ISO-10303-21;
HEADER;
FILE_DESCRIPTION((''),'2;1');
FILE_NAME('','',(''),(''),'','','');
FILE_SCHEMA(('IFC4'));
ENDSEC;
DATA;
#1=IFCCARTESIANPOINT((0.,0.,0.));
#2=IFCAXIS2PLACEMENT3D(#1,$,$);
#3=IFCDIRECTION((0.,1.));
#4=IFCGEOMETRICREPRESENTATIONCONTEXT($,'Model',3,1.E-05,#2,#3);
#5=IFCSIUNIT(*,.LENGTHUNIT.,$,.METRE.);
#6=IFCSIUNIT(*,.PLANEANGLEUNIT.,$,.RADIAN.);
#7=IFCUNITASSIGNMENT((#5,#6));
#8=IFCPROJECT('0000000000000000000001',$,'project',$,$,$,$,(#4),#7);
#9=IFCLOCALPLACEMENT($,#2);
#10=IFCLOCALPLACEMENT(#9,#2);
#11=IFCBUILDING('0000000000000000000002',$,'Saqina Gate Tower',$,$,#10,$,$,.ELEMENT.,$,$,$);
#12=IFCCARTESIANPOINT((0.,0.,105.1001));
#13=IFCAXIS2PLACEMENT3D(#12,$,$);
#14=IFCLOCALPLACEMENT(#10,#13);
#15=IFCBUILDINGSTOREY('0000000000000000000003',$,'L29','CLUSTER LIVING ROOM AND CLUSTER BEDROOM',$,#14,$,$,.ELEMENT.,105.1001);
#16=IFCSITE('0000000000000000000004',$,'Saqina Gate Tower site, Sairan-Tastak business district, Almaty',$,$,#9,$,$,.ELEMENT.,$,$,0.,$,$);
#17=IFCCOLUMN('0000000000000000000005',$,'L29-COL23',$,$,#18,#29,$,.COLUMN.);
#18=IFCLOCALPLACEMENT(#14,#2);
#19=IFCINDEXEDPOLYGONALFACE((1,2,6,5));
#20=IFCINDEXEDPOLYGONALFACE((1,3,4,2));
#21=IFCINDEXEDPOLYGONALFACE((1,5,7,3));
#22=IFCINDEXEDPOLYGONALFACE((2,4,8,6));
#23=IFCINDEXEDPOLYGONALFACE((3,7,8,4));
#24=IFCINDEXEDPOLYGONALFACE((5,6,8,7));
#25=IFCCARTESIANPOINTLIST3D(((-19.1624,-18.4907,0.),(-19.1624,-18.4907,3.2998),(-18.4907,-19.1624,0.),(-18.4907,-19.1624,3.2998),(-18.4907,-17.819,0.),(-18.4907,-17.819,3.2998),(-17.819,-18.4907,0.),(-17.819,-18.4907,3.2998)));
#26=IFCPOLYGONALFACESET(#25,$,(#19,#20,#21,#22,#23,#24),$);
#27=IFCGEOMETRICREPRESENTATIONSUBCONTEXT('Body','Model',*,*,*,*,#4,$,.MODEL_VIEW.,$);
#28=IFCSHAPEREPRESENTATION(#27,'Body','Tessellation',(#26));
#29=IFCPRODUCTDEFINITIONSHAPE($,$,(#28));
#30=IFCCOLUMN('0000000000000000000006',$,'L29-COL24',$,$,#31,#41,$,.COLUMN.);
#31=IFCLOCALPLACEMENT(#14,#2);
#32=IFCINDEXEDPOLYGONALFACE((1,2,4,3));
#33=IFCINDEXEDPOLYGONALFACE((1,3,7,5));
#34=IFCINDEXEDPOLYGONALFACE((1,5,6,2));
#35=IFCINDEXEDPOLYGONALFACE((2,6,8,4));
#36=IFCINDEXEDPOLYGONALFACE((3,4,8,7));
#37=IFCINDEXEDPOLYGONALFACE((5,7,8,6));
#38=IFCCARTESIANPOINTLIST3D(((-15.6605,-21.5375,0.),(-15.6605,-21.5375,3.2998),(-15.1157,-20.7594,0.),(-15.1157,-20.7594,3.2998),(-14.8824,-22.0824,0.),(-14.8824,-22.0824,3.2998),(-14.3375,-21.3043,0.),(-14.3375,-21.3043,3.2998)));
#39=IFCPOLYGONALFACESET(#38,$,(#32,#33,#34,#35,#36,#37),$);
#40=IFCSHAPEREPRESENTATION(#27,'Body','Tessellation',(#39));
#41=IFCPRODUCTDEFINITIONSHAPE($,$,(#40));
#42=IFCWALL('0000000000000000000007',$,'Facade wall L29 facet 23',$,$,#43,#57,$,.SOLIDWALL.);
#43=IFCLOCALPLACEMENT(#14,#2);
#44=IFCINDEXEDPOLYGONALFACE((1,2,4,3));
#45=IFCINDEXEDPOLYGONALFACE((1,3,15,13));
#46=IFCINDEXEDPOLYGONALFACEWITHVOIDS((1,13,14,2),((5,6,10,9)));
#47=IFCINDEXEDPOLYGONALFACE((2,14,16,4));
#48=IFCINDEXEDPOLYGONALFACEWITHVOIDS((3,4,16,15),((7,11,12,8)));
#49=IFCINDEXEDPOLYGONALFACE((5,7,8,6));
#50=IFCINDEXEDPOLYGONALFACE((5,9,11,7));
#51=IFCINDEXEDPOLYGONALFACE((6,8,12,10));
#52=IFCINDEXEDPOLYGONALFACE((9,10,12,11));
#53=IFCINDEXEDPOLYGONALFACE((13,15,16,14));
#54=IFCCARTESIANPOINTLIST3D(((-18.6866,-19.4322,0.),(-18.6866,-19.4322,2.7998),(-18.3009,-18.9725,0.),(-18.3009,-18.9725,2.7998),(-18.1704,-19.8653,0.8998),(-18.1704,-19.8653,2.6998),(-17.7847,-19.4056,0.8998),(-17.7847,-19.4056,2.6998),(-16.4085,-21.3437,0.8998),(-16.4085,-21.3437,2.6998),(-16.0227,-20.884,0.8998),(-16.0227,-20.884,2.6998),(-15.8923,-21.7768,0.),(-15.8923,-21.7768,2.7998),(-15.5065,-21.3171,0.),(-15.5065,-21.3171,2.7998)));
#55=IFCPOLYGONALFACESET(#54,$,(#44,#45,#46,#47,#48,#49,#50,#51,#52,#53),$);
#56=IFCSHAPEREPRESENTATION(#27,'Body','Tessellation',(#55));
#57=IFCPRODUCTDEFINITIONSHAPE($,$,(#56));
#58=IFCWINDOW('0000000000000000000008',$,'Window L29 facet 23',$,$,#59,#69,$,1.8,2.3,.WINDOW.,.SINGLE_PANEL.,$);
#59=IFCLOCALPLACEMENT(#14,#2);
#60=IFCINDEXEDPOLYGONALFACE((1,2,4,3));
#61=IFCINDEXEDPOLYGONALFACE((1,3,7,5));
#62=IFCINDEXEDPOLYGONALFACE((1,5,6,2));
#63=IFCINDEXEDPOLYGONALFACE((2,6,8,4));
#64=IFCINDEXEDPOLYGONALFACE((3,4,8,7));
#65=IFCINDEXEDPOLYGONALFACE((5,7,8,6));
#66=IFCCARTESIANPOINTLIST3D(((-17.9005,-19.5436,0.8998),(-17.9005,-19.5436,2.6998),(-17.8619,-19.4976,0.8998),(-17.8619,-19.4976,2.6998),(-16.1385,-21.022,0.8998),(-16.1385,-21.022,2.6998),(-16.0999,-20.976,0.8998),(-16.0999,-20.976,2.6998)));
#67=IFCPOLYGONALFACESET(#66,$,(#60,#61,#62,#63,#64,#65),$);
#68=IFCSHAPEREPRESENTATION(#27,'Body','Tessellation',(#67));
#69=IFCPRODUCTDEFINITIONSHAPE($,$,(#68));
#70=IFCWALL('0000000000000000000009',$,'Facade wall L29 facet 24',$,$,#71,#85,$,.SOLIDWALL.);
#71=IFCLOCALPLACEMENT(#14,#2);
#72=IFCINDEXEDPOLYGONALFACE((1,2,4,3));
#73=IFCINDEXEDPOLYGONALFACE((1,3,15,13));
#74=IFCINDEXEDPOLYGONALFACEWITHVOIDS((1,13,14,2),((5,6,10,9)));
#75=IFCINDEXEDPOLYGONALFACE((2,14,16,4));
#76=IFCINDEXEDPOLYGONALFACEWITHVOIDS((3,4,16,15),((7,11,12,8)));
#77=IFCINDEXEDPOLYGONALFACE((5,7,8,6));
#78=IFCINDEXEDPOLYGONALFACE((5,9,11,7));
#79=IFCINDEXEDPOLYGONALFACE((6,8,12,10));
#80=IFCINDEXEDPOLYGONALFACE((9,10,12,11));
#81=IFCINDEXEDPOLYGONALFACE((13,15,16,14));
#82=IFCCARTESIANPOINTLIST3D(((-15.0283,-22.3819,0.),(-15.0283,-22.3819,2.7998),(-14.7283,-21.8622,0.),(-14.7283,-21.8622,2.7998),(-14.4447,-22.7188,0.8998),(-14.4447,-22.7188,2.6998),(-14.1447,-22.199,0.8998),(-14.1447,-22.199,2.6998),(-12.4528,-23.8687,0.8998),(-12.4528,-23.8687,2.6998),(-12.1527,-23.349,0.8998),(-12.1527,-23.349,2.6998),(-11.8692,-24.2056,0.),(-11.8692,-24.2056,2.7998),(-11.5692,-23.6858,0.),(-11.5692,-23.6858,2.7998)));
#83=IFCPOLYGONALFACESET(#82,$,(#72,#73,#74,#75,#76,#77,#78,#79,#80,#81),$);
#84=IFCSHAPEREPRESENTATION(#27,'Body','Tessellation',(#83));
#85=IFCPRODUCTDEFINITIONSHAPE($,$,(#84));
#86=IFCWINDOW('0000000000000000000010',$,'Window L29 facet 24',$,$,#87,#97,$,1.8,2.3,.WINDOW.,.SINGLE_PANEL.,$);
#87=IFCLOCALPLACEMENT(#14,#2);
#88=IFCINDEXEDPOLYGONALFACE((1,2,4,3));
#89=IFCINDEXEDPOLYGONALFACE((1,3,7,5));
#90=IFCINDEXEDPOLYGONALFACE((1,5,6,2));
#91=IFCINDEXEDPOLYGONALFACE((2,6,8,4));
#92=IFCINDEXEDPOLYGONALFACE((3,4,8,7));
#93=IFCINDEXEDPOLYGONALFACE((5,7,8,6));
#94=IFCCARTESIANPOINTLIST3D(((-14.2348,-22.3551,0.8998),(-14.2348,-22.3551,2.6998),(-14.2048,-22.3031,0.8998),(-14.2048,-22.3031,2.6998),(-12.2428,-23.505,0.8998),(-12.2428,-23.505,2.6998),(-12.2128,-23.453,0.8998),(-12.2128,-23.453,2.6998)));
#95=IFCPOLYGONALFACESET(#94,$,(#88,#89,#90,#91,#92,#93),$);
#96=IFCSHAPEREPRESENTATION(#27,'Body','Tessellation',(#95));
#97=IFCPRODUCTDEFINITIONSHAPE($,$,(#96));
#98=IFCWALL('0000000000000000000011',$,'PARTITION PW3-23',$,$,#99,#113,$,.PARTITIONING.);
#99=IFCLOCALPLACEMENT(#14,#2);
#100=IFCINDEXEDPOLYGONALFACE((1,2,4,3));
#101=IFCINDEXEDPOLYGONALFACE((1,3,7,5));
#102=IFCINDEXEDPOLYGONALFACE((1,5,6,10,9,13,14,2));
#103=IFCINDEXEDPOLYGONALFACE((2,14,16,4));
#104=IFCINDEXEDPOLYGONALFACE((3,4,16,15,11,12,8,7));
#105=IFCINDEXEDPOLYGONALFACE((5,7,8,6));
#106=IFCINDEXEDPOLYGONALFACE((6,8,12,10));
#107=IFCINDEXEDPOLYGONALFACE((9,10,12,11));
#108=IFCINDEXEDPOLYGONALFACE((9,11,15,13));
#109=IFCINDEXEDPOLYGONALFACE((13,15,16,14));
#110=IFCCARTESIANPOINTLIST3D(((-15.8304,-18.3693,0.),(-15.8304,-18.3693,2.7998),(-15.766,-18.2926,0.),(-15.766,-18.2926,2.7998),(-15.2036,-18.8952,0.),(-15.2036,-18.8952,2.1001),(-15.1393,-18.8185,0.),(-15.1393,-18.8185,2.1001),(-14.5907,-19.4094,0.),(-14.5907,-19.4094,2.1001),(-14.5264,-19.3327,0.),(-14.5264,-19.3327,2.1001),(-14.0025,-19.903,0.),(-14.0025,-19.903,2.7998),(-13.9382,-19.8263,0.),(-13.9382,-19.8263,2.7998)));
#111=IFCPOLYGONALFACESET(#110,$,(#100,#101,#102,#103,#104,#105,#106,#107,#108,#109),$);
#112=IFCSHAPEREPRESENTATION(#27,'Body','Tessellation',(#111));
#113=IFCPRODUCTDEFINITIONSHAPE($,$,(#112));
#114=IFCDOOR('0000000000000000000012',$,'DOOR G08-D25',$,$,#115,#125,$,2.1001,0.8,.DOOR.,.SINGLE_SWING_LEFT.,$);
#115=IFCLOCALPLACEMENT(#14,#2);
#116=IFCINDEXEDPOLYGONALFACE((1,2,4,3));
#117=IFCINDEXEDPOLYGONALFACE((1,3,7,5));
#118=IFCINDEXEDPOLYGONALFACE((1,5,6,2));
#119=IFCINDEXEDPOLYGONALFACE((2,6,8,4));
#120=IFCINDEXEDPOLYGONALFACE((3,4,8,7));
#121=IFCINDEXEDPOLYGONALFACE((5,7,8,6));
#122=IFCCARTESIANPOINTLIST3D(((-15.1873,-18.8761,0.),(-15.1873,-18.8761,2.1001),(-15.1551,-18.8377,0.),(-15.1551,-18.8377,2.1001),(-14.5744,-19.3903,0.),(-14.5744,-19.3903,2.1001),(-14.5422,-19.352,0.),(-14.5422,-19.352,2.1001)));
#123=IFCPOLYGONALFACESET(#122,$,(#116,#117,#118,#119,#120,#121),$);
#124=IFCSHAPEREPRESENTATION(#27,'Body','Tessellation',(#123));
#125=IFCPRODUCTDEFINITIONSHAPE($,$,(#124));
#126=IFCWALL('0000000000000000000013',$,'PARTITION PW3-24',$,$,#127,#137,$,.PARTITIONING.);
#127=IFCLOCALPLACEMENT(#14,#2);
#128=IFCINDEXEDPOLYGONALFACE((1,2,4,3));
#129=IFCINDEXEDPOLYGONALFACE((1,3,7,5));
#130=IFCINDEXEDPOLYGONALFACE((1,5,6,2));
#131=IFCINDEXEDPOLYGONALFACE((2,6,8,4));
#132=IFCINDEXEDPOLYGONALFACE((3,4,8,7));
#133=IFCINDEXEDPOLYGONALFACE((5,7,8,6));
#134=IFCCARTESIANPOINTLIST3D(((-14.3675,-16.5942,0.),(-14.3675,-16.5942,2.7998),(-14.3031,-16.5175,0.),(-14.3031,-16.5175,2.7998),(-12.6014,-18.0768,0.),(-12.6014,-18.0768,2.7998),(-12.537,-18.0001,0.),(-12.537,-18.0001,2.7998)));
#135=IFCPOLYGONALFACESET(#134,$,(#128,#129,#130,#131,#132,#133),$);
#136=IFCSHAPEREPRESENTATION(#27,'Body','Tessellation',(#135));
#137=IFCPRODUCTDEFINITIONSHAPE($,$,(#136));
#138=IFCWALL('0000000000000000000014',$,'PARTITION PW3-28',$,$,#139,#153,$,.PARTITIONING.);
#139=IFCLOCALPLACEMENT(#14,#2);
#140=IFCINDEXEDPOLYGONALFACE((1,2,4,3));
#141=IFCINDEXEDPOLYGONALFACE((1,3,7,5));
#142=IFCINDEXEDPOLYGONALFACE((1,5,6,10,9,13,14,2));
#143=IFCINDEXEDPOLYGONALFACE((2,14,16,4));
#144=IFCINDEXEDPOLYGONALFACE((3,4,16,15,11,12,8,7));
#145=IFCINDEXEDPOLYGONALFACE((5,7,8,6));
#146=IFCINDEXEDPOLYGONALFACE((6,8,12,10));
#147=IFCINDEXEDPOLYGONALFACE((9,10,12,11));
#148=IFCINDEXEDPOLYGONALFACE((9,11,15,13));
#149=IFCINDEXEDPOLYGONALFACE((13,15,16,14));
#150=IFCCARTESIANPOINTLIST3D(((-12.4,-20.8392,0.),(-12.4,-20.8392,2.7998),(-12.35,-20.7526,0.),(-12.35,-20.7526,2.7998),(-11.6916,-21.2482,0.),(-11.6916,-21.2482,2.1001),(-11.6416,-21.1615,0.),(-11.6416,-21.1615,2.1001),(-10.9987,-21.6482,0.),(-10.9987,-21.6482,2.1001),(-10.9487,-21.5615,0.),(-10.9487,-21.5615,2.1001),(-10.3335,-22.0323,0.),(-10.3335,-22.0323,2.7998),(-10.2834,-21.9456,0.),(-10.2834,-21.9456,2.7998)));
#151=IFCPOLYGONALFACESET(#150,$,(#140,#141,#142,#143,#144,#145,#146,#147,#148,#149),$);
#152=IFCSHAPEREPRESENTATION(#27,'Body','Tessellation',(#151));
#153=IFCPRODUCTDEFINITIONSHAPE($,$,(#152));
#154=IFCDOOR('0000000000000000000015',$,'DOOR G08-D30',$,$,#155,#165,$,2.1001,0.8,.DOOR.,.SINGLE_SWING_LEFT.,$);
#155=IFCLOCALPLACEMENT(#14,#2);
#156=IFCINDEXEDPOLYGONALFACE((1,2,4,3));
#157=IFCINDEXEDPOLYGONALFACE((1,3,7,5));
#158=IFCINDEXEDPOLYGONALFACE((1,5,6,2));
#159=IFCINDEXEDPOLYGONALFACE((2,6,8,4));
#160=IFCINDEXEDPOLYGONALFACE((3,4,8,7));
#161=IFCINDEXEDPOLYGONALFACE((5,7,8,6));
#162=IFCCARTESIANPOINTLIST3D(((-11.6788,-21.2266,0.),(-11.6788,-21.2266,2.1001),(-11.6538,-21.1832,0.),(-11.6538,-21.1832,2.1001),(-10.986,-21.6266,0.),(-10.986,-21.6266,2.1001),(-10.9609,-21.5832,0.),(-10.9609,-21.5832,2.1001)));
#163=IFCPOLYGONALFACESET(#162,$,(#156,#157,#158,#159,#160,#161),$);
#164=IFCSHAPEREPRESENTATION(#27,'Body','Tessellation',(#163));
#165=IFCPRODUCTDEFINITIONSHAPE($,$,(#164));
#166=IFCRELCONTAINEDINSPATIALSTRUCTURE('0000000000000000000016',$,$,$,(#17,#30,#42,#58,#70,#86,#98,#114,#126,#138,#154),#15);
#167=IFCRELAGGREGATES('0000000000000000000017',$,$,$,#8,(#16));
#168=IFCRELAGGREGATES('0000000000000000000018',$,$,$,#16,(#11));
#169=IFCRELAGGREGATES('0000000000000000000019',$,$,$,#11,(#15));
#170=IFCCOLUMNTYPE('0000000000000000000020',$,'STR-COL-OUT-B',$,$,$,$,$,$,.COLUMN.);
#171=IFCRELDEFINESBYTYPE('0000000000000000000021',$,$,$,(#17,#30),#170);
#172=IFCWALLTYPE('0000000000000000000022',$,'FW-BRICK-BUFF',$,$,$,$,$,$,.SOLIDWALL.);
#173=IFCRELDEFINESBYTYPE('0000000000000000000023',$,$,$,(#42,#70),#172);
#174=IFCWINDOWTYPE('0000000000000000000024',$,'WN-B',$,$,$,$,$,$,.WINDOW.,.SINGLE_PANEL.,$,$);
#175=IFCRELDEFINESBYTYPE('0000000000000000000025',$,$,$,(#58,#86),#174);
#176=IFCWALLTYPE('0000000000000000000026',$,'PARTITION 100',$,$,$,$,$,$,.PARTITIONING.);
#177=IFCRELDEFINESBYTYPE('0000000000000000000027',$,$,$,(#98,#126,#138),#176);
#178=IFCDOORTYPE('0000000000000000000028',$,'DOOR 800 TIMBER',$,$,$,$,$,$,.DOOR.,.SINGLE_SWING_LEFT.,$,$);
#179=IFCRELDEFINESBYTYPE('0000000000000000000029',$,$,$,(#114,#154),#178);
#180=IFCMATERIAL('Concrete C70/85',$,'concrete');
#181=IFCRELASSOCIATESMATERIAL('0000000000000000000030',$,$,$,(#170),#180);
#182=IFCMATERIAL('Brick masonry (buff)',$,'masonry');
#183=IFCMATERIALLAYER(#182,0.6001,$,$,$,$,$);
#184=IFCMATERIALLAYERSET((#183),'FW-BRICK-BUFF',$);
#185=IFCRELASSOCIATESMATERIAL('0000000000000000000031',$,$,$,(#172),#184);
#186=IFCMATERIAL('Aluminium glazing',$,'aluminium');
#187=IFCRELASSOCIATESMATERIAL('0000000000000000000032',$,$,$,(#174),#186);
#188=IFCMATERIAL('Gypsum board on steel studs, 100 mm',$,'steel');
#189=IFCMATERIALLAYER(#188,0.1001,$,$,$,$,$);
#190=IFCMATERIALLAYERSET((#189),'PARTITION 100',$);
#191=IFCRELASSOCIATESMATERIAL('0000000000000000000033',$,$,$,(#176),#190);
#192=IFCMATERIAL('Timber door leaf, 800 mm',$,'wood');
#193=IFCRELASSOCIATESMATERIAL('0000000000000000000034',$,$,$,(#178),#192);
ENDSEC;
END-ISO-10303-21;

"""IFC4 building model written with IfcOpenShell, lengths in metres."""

from ifc_helpers import new_model, si_unit, direction, frame, frame_2d, origin, origin_2d, place, context, subcontext, project, spatial, rectangle, extrude, material, layer, layer_set, material_profile, profile_set, type_object, element, fill, save


model = new_model("IFC4")

# Units and contexts
model_context = context("Model", 3, precision=1e-05, world=origin(), true_north=direction((0.0, 1.0)))
body_context = subcontext(model_context, "Body", "Model", "MODEL_VIEW")
ifc_project = project(units=[si_unit("LENGTHUNIT", "METRE"), si_unit("PLANEANGLEUNIT", "RADIAN")], contexts=[model_context])

# Site, building, storey
site_placement = place(None, origin())
site = spatial("IfcSite", under=ifc_project, at=site_placement, Name="Saqina Gate Tower site, Sairan-Tastak business district, Almaty", CompositionType="ELEMENT", RefElevation=0.0)
building_placement = place(site_placement, origin())
building = spatial("IfcBuilding", under=site, at=building_placement, Name="Saqina Gate Tower", CompositionType="ELEMENT")
storey_placement = place(building_placement, frame((0.0, 0.0, 105.1001)))
storey = spatial("IfcBuildingStorey", under=building, at=storey_placement, Name="L29", Description="CLUSTER LIVING ROOM AND CLUSTER BEDROOM", CompositionType="ELEMENT", Elevation=105.1001)

# Columns
ifc_material_1 = material(Name="Concrete C70/85", Category="concrete")
ifc_material_profile = material_profile(ifc_material_1, rectangle(XDim=0.95, YDim=0.95, at=origin_2d()), Name="RC 950x950")
ifc_profile_set = profile_set([ifc_material_profile], Name="Concrete C70/85")
column_type = type_object("IfcColumnType", Name="STR-COL-OUT-B", PredefinedType="COLUMN", material=ifc_profile_set)
for number, where, z_axis, x_axis, name in (
    (1, (-18.4907, -18.4907, 0.0), (0.0, 0.0, 1.0), (-0.707107, -0.707107, 0.0), "L29-COL23"),
    (2, (-14.999, -21.4209, 0.0), (0.0, 0.0, 1.0), (-0.573576, -0.819152, 0.0), "L29-COL24"),
):
    element("IfcColumn", number, at=place(storey_placement, frame(where, z_axis=z_axis, x_axis=x_axis)), inside=storey, type_object=column_type, Name=name, PredefinedType="COLUMN", context=body_context, shape_type="SweptSolid", body=[
        extrude(rectangle(XDim=0.95, YDim=0.95, at=origin_2d()), origin(), (0.0, 0.0, 1.0), 3.2998),
    ])

# Walls, openings, windows
ifc_material_2 = material(Name="Brick masonry (buff)", Category="masonry")
ifc_layer_1 = layer(ifc_material_2, 0.6001)
ifc_layer_set_1 = layer_set([ifc_layer_1], Name="FW-BRICK-BUFF")
wall_type_1 = type_object("IfcWallType", Name="FW-BRICK-BUFF", PredefinedType="SOLIDWALL", material=ifc_layer_set_1)
wall_1_placement = place(storey_placement, frame((-18.4937, -19.2024, 0.0), z_axis=(0.0, 0.0, 1.0), x_axis=(0.766055, -0.642774, 0.0)))
wall_1 = element("IfcWall", 3, at=wall_1_placement, inside=storey, type_object=wall_type_1, Name="Facade wall L29 facet 23", PredefinedType="SOLIDWALL", context=body_context, shape_type="SweptSolid", body=[
    extrude(rectangle(XDim=3.6477, YDim=0.6001, at=frame_2d((1.8237, 0.0))), origin(), (0.0, 0.0, 1.0), 2.7998),
])
opening_1_placement = place(wall_1_placement, frame((0.6738, 0.0, 0.8999)))
opening_1 = element("IfcOpeningElement", 4, at=opening_1_placement, cuts=wall_1, PredefinedType="OPENING", context=body_context, shape_type="SweptSolid", body=[
    extrude(rectangle(XDim=2.3, YDim=1.8, at=frame_2d((1.1499, 0.8999))), frame((0.0, 0.312, 0.0), z_axis=(0.0, -1.0, 0.0), x_axis=(1.0, 0.0, 0.0)), (0.0, 0.0, 1.0), 0.624),
])
ifc_material_3 = material(Name="Aluminium glazing", Category="aluminium")
window_type = type_object("IfcWindowType", Name="WN-B", PartitioningType="SINGLE_PANEL", PredefinedType="WINDOW", material=ifc_material_3)
window_1_placement = place(opening_1_placement, origin())
window_1 = element("IfcWindow", 5, at=window_1_placement, inside=storey, type_object=window_type, Name="Window L29 facet 23", OverallHeight=1.8, OverallWidth=2.3, PartitioningType="SINGLE_PANEL", PredefinedType="WINDOW", context=body_context, shape_type="SweptSolid", body=[
    extrude(rectangle(XDim=2.3, YDim=1.8, at=frame_2d((1.1499, 0.8999))), frame((0.0, 0.1799, 0.0), z_axis=(0.0, -1.0, 0.0), x_axis=(1.0, 0.0, 0.0)), (0.0, 0.0, 1.0), 0.0601),
])
fill(opening_1, window_1)
wall_2_placement = place(storey_placement, frame((-14.8782, -22.1221, 0.0), z_axis=(0.0, 0.0, 1.0), x_axis=(0.866052, -0.499954, 0.0)))
wall_2 = element("IfcWall", 6, at=wall_2_placement, inside=storey, type_object=wall_type_1, Name="Facade wall L29 facet 24", PredefinedType="SOLIDWALL", context=body_context, shape_type="SweptSolid", body=[
    extrude(rectangle(XDim=3.6477, YDim=0.6001, at=frame_2d((1.8237, 0.0))), origin(), (0.0, 0.0, 1.0), 2.7998),
])
opening_2_placement = place(wall_2_placement, frame((0.6738, 0.0, 0.8999)))
opening_2 = element("IfcOpeningElement", 7, at=opening_2_placement, cuts=wall_2, PredefinedType="OPENING", context=body_context, shape_type="SweptSolid", body=[
    extrude(rectangle(XDim=2.3, YDim=1.8, at=frame_2d((1.1499, 0.8999))), frame((0.0, 0.312, 0.0), z_axis=(0.0, -1.0, 0.0), x_axis=(1.0, 0.0, 0.0)), (0.0, 0.0, 1.0), 0.624),
])
window_2_placement = place(opening_2_placement, origin())
window_2 = element("IfcWindow", 8, at=window_2_placement, inside=storey, type_object=window_type, Name="Window L29 facet 24", OverallHeight=1.8, OverallWidth=2.3, PartitioningType="SINGLE_PANEL", PredefinedType="WINDOW", context=body_context, shape_type="SweptSolid", body=[
    extrude(rectangle(XDim=2.3, YDim=1.8, at=frame_2d((1.1499, 0.8999))), frame((0.0, 0.1799, 0.0), z_axis=(0.0, -1.0, 0.0), x_axis=(1.0, 0.0, 0.0)), (0.0, 0.0, 1.0), 0.0601),
])
fill(opening_2, window_2)

# Wall, opening, door
ifc_material_4 = material(Name="Gypsum board on steel studs, 100 mm", Category="steel")
ifc_layer_2 = layer(ifc_material_4, 0.1001)
ifc_layer_set_2 = layer_set([ifc_layer_2], Name="PARTITION 100")
wall_type_2 = type_object("IfcWallType", Name="PARTITION 100", PredefinedType="PARTITIONING", material=ifc_layer_set_2)
wall_3_placement = place(storey_placement, frame((-15.7981, -18.3311, 0.0), z_axis=(0.0, 0.0, 1.0), x_axis=(0.766062, -0.642767, 0.0)))
wall_3 = element("IfcWall", 9, at=wall_3_placement, inside=storey, type_object=wall_type_2, Name="PARTITION PW3-23", PredefinedType="PARTITIONING", context=body_context, shape_type="SweptSolid", body=[
    extrude(rectangle(XDim=2.386, YDim=0.1001, at=frame_2d((1.1929, 0.0))), origin(), (0.0, 0.0, 1.0), 2.7998),
])
opening_3_placement = place(wall_3_placement, frame((0.8181, 0.0, 0.0)))
opening_3 = element("IfcOpeningElement", 10, at=opening_3_placement, cuts=wall_3, PredefinedType="OPENING", context=body_context, shape_type="SweptSolid", body=[
    extrude(rectangle(XDim=0.8, YDim=2.1001, at=frame_2d((0.3999, 1.05))), frame((0.0, 0.062, 0.0), z_axis=(0.0, -1.0, 0.0), x_axis=(1.0, 0.0, 0.0)), (0.0, 0.0, 1.0), 0.124),
])
ifc_material_5 = material(Name="Timber door leaf, 800 mm", Category="wood")
door_type_1 = type_object("IfcDoorType", Name="DOOR 800 TIMBER", OperationType="SINGLE_SWING_LEFT", PredefinedType="DOOR", material=ifc_material_5)
door_1_placement = place(opening_3_placement, frame((0.8, 0.0, 0.0), z_axis=(0.0, 0.0, 1.0), x_axis=(-1.0, 0.0, 0.0)))
door_1 = element("IfcDoor", 11, at=door_1_placement, inside=storey, type_object=door_type_1, Name="DOOR G08-D25", OperationType="SINGLE_SWING_LEFT", OverallHeight=2.1001, OverallWidth=0.8, PredefinedType="DOOR", context=body_context, shape_type="SweptSolid", body=[
    extrude(rectangle(XDim=0.8, YDim=2.1001, at=frame_2d((0.3999, 1.05))), frame((0.0, 0.0249, 0.0), z_axis=(0.0, -1.0, 0.0), x_axis=(1.0, 0.0, 0.0)), (0.0, 0.0, 1.0), 0.05),
])
fill(opening_3, door_1)

# Wall
wall_4_placement = place(storey_placement, frame((-14.3352, -16.5559, 0.0), z_axis=(0.0, 0.0, 1.0), x_axis=(0.76589, -0.642971, 0.0)))
element("IfcWall", 12, at=wall_4_placement, inside=storey, type_object=wall_type_2, Name="PARTITION PW3-24", PredefinedType="PARTITIONING", context=body_context, shape_type="SweptSolid", body=[
    extrude(rectangle(XDim=2.3059, YDim=0.1001, at=frame_2d((1.1528, 0.0))), origin(), (0.0, 0.0, 1.0), 2.7998),
])

# Wall, opening, door
wall_5_placement = place(storey_placement, frame((-12.375, -20.7959, 0.0), z_axis=(0.0, 0.0, 1.0), x_axis=(0.866037, -0.499979, 0.0)))
wall_5 = element("IfcWall", 13, at=wall_5_placement, inside=storey, type_object=wall_type_2, Name="PARTITION PW3-28", PredefinedType="PARTITIONING", context=body_context, shape_type="SweptSolid", body=[
    extrude(rectangle(XDim=2.3862, YDim=0.1001, at=frame_2d((1.1931, 0.0))), origin(), (0.0, 0.0, 1.0), 2.7998),
])
opening_4_placement = place(wall_5_placement, frame((0.8181, 0.0, 0.0)))
opening_4 = element("IfcOpeningElement", 14, at=opening_4_placement, cuts=wall_5, PredefinedType="OPENING", context=body_context, shape_type="SweptSolid", body=[
    extrude(rectangle(XDim=0.8, YDim=2.1001, at=frame_2d((0.3999, 1.05))), frame((0.0, 0.062, 0.0), z_axis=(0.0, -1.0, 0.0), x_axis=(1.0, 0.0, 0.0)), (0.0, 0.0, 1.0), 0.124),
])
door_2_placement = place(opening_4_placement, frame((0.8, 0.0, 0.0), z_axis=(0.0, 0.0, 1.0), x_axis=(-1.0, 0.0, 0.0)))
door_2 = element("IfcDoor", 15, at=door_2_placement, inside=storey, type_object=door_type_1, Name="DOOR G08-D30", OperationType="SINGLE_SWING_LEFT", OverallHeight=2.1001, OverallWidth=0.8, PredefinedType="DOOR", context=body_context, shape_type="SweptSolid", body=[
    extrude(rectangle(XDim=0.8, YDim=2.1001, at=frame_2d((0.3999, 1.05))), frame((0.0, 0.0249, 0.0), z_axis=(0.0, -1.0, 0.0), x_axis=(1.0, 0.0, 0.0)), (0.0, 0.0, 1.0), 0.05),
])
fill(opening_4, door_2)

save(model, "model.ifc")
